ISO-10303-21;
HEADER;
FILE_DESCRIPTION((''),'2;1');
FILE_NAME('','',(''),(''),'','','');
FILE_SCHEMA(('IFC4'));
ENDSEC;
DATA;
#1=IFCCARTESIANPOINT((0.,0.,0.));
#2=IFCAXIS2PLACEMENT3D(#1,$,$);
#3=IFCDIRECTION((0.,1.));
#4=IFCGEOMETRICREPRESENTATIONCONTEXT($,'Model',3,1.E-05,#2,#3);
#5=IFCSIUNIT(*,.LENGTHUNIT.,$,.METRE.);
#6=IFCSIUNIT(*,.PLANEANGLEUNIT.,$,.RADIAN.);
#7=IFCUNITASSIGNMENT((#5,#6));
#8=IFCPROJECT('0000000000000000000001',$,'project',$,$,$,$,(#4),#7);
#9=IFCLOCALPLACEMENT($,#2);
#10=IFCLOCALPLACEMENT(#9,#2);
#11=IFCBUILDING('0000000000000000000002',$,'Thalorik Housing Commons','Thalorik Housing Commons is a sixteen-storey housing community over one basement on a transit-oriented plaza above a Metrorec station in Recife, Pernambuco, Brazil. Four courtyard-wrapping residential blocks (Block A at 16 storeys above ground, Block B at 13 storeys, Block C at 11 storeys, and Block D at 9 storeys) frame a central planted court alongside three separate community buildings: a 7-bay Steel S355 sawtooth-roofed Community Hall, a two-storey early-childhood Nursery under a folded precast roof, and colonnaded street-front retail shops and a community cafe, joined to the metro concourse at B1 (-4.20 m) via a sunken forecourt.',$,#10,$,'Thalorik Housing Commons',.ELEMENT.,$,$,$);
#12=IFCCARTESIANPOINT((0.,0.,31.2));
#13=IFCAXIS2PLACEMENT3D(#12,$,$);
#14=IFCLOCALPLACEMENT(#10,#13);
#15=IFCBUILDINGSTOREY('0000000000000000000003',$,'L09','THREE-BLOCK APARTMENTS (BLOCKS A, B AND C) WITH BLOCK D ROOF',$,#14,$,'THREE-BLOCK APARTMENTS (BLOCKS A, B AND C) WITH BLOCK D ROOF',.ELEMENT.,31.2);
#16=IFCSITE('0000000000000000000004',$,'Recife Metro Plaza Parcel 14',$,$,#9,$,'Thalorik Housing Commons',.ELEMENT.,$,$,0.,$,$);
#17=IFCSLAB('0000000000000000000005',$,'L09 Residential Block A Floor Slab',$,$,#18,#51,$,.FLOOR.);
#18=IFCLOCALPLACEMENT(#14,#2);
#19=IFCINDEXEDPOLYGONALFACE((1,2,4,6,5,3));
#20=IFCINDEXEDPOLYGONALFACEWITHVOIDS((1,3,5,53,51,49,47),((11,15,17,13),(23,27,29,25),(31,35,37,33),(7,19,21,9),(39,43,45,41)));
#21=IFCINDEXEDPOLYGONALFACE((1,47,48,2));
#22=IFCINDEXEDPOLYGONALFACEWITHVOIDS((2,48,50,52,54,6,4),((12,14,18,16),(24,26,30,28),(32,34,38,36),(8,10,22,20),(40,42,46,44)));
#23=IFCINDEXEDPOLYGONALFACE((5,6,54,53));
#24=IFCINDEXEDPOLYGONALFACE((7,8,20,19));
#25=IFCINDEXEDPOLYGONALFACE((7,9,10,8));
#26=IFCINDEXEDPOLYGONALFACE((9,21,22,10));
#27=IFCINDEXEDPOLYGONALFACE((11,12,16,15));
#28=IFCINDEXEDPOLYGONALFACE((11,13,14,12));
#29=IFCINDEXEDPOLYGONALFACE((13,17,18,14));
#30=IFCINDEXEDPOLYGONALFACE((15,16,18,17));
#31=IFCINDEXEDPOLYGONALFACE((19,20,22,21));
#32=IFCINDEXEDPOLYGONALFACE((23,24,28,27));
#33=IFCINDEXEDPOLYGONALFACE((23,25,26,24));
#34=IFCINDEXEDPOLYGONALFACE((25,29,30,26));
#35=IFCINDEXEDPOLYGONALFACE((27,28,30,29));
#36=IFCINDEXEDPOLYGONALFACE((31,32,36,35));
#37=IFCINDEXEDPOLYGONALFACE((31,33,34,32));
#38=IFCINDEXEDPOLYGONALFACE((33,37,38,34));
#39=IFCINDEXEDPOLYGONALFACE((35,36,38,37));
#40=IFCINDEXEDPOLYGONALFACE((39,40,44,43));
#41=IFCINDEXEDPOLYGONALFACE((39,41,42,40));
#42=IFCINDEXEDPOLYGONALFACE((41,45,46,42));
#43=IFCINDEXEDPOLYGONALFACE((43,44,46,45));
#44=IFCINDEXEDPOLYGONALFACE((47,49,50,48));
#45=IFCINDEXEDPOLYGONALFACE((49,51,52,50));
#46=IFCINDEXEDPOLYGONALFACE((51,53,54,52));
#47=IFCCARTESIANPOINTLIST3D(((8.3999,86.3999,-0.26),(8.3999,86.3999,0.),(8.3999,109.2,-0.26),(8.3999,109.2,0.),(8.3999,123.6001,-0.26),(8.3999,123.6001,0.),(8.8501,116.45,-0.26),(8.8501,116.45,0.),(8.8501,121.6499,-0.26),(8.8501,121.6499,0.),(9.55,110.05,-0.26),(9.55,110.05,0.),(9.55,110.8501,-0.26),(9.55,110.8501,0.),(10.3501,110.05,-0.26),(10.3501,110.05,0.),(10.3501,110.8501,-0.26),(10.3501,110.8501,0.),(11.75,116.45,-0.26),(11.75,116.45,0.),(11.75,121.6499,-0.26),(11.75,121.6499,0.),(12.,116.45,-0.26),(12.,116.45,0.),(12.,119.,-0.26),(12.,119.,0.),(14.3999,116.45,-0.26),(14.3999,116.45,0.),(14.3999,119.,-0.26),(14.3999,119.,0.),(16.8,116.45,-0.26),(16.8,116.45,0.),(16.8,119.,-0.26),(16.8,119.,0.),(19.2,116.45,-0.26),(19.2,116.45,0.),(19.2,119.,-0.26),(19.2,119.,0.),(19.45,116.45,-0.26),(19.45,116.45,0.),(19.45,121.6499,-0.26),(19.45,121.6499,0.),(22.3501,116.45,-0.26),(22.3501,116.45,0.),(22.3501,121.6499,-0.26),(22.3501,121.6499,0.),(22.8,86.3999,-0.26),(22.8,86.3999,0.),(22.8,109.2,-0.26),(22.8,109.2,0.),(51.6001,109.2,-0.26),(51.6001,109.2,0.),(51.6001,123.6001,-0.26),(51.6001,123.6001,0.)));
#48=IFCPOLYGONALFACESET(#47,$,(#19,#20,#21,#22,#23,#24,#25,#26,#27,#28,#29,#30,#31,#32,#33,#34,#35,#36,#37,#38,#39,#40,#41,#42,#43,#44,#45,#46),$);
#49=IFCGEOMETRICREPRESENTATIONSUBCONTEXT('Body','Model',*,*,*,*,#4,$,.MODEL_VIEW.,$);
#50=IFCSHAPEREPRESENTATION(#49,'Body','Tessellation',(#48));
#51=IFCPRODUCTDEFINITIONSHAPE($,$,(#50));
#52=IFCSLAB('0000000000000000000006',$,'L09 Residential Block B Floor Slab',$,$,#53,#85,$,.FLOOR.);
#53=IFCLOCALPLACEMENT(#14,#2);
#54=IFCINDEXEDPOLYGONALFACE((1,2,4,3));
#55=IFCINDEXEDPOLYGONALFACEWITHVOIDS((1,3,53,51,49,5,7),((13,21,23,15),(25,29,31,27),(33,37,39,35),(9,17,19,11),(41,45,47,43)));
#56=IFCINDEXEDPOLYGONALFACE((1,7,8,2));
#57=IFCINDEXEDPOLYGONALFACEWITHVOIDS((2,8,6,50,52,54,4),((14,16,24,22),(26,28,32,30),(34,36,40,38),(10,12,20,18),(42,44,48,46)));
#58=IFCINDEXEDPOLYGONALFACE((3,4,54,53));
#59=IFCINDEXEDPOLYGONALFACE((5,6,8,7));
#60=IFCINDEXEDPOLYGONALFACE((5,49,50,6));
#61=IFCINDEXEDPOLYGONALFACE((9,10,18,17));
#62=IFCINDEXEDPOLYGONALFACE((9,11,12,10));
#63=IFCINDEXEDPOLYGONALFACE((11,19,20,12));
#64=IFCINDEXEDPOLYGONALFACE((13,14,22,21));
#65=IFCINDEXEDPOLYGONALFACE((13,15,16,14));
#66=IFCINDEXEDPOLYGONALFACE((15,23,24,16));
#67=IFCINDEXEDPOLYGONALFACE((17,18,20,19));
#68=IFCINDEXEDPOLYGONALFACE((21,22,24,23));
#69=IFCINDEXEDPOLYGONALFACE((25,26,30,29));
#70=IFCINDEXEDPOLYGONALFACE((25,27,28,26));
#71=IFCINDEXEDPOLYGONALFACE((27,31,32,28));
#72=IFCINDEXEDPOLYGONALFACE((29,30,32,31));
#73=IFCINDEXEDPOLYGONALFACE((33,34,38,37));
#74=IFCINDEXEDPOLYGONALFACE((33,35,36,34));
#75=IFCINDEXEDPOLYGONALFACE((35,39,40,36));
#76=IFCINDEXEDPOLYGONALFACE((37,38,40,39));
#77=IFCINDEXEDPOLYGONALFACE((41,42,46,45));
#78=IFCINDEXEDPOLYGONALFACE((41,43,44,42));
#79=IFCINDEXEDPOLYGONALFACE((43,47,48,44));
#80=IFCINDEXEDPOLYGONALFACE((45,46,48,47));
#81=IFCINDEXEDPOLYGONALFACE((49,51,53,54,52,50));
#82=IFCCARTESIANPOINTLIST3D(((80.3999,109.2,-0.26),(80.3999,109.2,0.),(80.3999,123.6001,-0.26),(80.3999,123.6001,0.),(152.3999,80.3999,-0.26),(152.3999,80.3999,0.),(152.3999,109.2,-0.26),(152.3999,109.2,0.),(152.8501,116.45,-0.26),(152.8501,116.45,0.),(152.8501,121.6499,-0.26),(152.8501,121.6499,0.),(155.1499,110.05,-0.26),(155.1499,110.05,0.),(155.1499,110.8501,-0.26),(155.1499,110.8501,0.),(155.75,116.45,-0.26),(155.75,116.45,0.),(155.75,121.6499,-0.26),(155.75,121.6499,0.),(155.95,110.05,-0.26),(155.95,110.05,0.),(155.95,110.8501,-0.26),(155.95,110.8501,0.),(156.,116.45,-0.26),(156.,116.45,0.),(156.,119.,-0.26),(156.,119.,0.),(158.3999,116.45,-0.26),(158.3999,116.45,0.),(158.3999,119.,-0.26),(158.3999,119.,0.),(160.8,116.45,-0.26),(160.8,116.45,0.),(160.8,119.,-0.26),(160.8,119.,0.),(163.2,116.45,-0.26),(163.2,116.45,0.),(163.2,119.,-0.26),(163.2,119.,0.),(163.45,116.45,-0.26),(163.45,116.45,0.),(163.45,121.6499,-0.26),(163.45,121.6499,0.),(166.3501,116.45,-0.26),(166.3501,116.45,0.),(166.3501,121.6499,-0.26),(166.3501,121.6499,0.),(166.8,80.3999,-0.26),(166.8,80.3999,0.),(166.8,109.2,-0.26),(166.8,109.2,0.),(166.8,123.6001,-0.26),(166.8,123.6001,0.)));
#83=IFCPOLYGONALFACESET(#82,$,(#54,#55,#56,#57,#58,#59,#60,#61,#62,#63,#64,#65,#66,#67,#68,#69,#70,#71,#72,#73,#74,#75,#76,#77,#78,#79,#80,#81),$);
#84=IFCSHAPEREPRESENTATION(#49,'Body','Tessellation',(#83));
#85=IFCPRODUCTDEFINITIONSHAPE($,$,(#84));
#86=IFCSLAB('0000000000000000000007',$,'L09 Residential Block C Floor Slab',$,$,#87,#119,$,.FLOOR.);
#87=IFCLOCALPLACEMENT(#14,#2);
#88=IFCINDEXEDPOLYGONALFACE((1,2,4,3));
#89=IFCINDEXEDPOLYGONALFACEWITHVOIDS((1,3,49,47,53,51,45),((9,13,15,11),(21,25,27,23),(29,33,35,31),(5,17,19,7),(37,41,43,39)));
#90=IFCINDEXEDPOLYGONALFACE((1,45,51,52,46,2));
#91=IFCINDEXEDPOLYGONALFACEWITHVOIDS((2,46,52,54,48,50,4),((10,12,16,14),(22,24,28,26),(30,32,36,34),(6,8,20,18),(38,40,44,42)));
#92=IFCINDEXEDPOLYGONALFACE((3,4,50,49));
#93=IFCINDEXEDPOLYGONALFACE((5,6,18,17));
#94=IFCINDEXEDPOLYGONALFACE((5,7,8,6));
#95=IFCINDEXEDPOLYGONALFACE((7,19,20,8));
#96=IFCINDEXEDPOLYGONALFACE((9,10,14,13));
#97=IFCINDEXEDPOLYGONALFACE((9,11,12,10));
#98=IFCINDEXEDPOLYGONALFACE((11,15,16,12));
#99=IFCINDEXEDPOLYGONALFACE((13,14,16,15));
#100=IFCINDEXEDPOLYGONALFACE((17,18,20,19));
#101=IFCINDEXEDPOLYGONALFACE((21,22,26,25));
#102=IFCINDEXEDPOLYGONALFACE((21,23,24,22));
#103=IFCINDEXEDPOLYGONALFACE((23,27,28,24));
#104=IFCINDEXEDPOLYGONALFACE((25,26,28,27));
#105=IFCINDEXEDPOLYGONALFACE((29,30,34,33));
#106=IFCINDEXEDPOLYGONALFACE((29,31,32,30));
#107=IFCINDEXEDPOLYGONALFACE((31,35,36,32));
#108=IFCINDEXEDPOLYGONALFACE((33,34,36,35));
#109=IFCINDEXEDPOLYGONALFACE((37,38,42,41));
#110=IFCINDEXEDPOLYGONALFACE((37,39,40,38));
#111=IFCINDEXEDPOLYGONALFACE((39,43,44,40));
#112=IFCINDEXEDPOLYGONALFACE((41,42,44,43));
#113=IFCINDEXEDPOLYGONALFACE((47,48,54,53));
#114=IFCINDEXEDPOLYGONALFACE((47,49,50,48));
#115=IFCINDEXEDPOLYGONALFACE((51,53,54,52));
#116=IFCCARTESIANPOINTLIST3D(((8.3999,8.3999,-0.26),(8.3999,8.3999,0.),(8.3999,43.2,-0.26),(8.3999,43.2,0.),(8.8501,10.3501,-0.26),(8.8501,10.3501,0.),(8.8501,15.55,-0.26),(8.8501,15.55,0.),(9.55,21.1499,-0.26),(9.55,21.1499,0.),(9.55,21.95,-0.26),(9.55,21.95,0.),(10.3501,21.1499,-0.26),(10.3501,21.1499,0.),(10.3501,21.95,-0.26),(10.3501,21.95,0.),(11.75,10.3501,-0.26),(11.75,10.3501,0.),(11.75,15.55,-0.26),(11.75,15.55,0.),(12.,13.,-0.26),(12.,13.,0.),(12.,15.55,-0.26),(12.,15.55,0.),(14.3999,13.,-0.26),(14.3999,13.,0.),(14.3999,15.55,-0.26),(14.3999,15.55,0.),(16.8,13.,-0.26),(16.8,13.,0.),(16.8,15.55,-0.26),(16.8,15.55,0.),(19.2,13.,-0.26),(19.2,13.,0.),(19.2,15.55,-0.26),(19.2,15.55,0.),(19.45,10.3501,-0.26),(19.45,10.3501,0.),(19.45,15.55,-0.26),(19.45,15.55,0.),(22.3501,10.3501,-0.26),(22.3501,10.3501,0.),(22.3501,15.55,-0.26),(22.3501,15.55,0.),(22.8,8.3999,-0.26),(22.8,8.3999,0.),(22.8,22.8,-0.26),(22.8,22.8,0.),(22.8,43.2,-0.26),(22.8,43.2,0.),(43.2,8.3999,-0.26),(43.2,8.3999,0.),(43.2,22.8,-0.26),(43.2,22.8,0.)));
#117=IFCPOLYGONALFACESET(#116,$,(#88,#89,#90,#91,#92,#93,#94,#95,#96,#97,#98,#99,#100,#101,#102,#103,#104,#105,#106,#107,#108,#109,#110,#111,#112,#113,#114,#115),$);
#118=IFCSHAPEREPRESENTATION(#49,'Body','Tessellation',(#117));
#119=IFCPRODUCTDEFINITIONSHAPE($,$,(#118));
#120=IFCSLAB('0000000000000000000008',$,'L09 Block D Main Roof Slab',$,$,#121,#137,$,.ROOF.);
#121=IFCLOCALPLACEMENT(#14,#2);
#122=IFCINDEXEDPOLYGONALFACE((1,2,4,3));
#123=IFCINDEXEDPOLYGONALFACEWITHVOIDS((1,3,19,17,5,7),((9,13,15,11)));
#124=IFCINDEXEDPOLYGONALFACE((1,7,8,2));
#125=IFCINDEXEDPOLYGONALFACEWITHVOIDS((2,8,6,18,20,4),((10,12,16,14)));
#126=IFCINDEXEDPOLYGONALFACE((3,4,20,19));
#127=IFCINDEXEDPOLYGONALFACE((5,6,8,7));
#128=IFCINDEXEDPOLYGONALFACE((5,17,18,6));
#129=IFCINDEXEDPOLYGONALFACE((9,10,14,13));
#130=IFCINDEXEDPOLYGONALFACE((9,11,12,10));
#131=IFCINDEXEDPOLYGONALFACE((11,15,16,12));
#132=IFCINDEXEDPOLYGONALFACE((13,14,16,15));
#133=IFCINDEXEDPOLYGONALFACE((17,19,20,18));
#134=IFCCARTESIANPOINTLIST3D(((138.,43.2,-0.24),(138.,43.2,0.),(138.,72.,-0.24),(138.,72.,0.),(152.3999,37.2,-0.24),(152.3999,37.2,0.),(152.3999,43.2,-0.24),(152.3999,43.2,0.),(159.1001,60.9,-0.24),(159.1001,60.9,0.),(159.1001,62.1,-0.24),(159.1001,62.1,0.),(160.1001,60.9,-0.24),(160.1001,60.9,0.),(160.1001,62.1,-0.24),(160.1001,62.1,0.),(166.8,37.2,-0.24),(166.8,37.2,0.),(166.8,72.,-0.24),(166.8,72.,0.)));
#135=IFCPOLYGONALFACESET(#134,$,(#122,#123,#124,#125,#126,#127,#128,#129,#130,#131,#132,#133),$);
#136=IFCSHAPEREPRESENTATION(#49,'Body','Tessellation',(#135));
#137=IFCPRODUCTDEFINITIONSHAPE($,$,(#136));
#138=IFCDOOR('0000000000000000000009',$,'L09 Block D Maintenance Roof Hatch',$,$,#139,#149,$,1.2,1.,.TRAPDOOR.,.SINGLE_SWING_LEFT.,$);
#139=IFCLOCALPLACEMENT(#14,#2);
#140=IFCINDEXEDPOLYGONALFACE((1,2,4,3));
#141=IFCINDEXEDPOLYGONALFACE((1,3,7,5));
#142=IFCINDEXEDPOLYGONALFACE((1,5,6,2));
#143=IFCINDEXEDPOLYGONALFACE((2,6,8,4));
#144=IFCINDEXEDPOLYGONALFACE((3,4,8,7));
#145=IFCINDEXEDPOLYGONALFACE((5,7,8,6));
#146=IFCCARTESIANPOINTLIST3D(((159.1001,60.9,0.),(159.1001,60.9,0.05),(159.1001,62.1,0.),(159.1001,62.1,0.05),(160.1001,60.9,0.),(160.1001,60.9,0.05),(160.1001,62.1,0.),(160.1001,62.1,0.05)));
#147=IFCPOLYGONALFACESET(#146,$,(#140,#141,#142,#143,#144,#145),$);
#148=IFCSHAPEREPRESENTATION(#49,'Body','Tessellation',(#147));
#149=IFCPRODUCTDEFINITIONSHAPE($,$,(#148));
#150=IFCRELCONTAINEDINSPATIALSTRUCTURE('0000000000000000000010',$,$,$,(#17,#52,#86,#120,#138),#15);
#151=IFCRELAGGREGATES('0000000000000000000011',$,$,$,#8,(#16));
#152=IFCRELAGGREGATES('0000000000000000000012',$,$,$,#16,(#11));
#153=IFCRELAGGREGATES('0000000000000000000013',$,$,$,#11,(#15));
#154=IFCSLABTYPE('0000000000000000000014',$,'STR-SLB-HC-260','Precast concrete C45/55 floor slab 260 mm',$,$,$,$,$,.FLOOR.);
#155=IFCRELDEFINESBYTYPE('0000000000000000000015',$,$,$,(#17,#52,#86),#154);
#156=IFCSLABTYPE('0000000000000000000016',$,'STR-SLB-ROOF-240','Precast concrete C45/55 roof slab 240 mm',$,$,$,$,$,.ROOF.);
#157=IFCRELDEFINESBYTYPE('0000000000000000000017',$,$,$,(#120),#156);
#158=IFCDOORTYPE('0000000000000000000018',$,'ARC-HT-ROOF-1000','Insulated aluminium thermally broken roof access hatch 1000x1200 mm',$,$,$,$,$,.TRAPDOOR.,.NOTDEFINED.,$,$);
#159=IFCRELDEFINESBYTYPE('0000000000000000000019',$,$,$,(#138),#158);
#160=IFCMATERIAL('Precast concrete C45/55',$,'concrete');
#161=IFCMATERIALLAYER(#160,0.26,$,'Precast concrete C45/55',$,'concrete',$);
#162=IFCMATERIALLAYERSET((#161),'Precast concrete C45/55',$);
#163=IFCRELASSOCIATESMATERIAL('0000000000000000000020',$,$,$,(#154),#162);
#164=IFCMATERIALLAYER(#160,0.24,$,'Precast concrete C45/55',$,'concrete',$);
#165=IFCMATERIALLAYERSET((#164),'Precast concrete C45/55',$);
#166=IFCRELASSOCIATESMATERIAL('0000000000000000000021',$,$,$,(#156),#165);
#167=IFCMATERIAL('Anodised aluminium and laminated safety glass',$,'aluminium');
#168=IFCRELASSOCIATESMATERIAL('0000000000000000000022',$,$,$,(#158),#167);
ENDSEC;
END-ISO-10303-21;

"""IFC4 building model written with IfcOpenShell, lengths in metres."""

from ifc_helpers import new_model, si_unit, direction, frame, origin, origin_2d, place, context, subcontext, project, spatial, polyline, rectangle, outline, extrude, material, layer, layer_set, type_object, element, fill, save


model = new_model("IFC4")

# Units and contexts
model_context = context("Model", 3, precision=1e-05, world=origin(), true_north=direction((0.0, 1.0)))
body_context = subcontext(model_context, "Body", "Model", "MODEL_VIEW")
ifc_project = project(units=[si_unit("LENGTHUNIT", "METRE"), si_unit("PLANEANGLEUNIT", "RADIAN")], contexts=[model_context])

# Site, building, storey
site_placement = place(None, origin())
site = spatial("IfcSite", under=ifc_project, at=site_placement, Name="Recife Metro Plaza Parcel 14", LongName="Thalorik Housing Commons", CompositionType="ELEMENT", RefElevation=0.0)
building_placement = place(site_placement, origin())
building = spatial("IfcBuilding", under=site, at=building_placement, Name="Thalorik Housing Commons", Description="Thalorik Housing Commons is a sixteen-storey housing community over one basement on a transit-oriented plaza above a Metrorec station in Recife, Pernambuco, Brazil. Four courtyard-wrapping residential blocks (Block A at 16 storeys above ground, Block B at 13 storeys, Block C at 11 storeys, and Block D at 9 storeys) frame a central planted court alongside three separate community buildings: a 7-bay Steel S355 sawtooth-roofed Community Hall, a two-storey early-childhood Nursery under a folded precast roof, and colonnaded street-front retail shops and a community cafe, joined to the metro concourse at B1 (-4.20 m) via a sunken forecourt.", LongName="Thalorik Housing Commons", CompositionType="ELEMENT")
storey_placement = place(building_placement, frame((0.0, 0.0, 31.2)))
storey = spatial("IfcBuildingStorey", under=building, at=storey_placement, Name="L09", Description="THREE-BLOCK APARTMENTS (BLOCKS A, B AND C) WITH BLOCK D ROOF", LongName="THREE-BLOCK APARTMENTS (BLOCKS A, B AND C) WITH BLOCK D ROOF", CompositionType="ELEMENT", Elevation=31.2)

# Slabs
ifc_material_1 = material(Name="Precast concrete C45/55", Category="concrete")
ifc_layer_1 = layer(ifc_material_1, 0.26, Name="Precast concrete C45/55", Category="concrete")
ifc_layer_set_1 = layer_set([ifc_layer_1], Name="Precast concrete C45/55")
slab_type_1 = type_object("IfcSlabType", Name="STR-SLB-HC-260", Description="Precast concrete C45/55 floor slab 260 mm", PredefinedType="FLOOR", material=ifc_layer_set_1)
slab_1_placement = place(storey_placement, frame((0.0, 0.0, -0.26)))
element("IfcSlab", 1, at=slab_1_placement, inside=storey, type_object=slab_type_1, Name="L09 Residential Block A Floor Slab", PredefinedType="FLOOR", context=body_context, shape_type="SweptSolid", body=[
    extrude(outline(polyline([(8.3999, 123.6001), (8.3999, 109.2), (8.3999, 86.3999), (22.8, 86.3999), (22.8, 109.2), (51.6001, 109.2), (51.6001, 123.6001), (8.3999, 123.6001)]), holes=[polyline([(8.8501, 121.6499), (11.75, 121.6499), (11.75, 116.45), (8.8501, 116.45), (8.8501, 121.6499)]), polyline([(22.3501, 121.6499), (22.3501, 116.45), (19.45, 116.45), (19.45, 121.6499), (22.3501, 121.6499)]), polyline([(14.3999, 119.0), (14.3999, 116.45), (12.0, 116.45), (12.0, 119.0), (14.3999, 119.0)]), polyline([(19.2, 116.45), (16.8, 116.45), (16.8, 119.0), (19.2, 119.0), (19.2, 116.45)]), polyline([(9.55, 110.05), (9.55, 110.8501), (10.3501, 110.8501), (10.3501, 110.05), (9.55, 110.05)])]), origin(), (0.0, 0.0, 1.0), 0.26),
])
slab_2_placement = place(storey_placement, frame((0.0, 0.0, -0.26)))
element("IfcSlab", 2, at=slab_2_placement, inside=storey, type_object=slab_type_1, Name="L09 Residential Block B Floor Slab", PredefinedType="FLOOR", context=body_context, shape_type="SweptSolid", body=[
    extrude(outline(polyline([(80.3999, 109.2), (152.3999, 109.2), (152.3999, 80.3999), (166.8, 80.3999), (166.8, 109.2), (166.8, 123.6001), (80.3999, 123.6001), (80.3999, 109.2)]), holes=[polyline([(152.8501, 121.6499), (155.75, 121.6499), (155.75, 116.45), (152.8501, 116.45), (152.8501, 121.6499)]), polyline([(166.3501, 121.6499), (166.3501, 116.45), (163.45, 116.45), (163.45, 121.6499), (166.3501, 121.6499)]), polyline([(158.3999, 119.0), (158.3999, 116.45), (156.0, 116.45), (156.0, 119.0), (158.3999, 119.0)]), polyline([(163.2, 116.45), (160.8, 116.45), (160.8, 119.0), (163.2, 119.0), (163.2, 116.45)]), polyline([(155.1499, 110.05), (155.1499, 110.8501), (155.95, 110.8501), (155.95, 110.05), (155.1499, 110.05)])]), origin(), (0.0, 0.0, 1.0), 0.26),
])
slab_3_placement = place(storey_placement, frame((0.0, 0.0, -0.26)))
element("IfcSlab", 3, at=slab_3_placement, inside=storey, type_object=slab_type_1, Name="L09 Residential Block C Floor Slab", PredefinedType="FLOOR", context=body_context, shape_type="SweptSolid", body=[
    extrude(outline(polyline([(8.3999, 8.3999), (22.8, 8.3999), (43.2, 8.3999), (43.2, 22.8), (22.8, 22.8), (22.8, 43.2), (8.3999, 43.2), (8.3999, 8.3999)]), holes=[polyline([(11.75, 10.3501), (8.8501, 10.3501), (8.8501, 15.55), (11.75, 15.55), (11.75, 10.3501)]), polyline([(19.45, 10.3501), (19.45, 15.55), (22.3501, 15.55), (22.3501, 10.3501), (19.45, 10.3501)]), polyline([(14.3999, 15.55), (14.3999, 13.0), (12.0, 13.0), (12.0, 15.55), (14.3999, 15.55)]), polyline([(19.2, 13.0), (16.8, 13.0), (16.8, 15.55), (19.2, 15.55), (19.2, 13.0)]), polyline([(9.55, 21.1499), (9.55, 21.95), (10.3501, 21.95), (10.3501, 21.1499), (9.55, 21.1499)])]), origin(), (0.0, 0.0, 1.0), 0.26),
])

# Slab, opening, door
ifc_layer_2 = layer(ifc_material_1, 0.24, Name="Precast concrete C45/55", Category="concrete")
ifc_layer_set_2 = layer_set([ifc_layer_2], Name="Precast concrete C45/55")
slab_type_2 = type_object("IfcSlabType", Name="STR-SLB-ROOF-240", Description="Precast concrete C45/55 roof slab 240 mm", PredefinedType="ROOF", material=ifc_layer_set_2)
slab_4_placement = place(storey_placement, frame((0.0, 0.0, -0.24)))
slab_4 = element("IfcSlab", 4, at=slab_4_placement, inside=storey, type_object=slab_type_2, Name="L09 Block D Main Roof Slab", PredefinedType="ROOF", context=body_context, shape_type="SweptSolid", body=[
    extrude(outline(polyline([(152.3999, 72.0), (138.0, 72.0), (138.0, 43.2), (152.3999, 43.2), (152.3999, 37.2), (166.8, 37.2), (166.8, 72.0), (152.3999, 72.0)])), origin(), (0.0, 0.0, 1.0), 0.24),
])
opening_placement = place(slab_4_placement, frame((159.6001, 61.5, -0.01)))
opening = element("IfcOpeningElement", 5, at=opening_placement, cuts=slab_4, PredefinedType="OPENING", context=body_context, shape_type="SweptSolid", body=[
    extrude(rectangle(XDim=1.0, YDim=1.2, at=origin_2d()), origin(), (0.0, 0.0, 1.0), 0.3101),
])
ifc_material_2 = material(Name="Anodised aluminium and laminated safety glass", Category="aluminium")
door_type = type_object("IfcDoorType", Name="ARC-HT-ROOF-1000", Description="Insulated aluminium thermally broken roof access hatch 1000x1200 mm", OperationType="NOTDEFINED", PredefinedType="TRAPDOOR", material=ifc_material_2)
door_placement = place(opening_placement, frame((0.0, 0.0, 0.25)))
door = element("IfcDoor", 6, at=door_placement, inside=storey, type_object=door_type, Name="L09 Block D Maintenance Roof Hatch", OperationType="SINGLE_SWING_LEFT", OverallHeight=1.2, OverallWidth=1.0, PredefinedType="TRAPDOOR", context=body_context, shape_type="SweptSolid", body=[
    extrude(rectangle(XDim=1.0, YDim=1.2, at=origin_2d()), origin(), (0.0, 0.0, 1.0), 0.05),
])
fill(opening, door)

save(model, "model.ifc")
